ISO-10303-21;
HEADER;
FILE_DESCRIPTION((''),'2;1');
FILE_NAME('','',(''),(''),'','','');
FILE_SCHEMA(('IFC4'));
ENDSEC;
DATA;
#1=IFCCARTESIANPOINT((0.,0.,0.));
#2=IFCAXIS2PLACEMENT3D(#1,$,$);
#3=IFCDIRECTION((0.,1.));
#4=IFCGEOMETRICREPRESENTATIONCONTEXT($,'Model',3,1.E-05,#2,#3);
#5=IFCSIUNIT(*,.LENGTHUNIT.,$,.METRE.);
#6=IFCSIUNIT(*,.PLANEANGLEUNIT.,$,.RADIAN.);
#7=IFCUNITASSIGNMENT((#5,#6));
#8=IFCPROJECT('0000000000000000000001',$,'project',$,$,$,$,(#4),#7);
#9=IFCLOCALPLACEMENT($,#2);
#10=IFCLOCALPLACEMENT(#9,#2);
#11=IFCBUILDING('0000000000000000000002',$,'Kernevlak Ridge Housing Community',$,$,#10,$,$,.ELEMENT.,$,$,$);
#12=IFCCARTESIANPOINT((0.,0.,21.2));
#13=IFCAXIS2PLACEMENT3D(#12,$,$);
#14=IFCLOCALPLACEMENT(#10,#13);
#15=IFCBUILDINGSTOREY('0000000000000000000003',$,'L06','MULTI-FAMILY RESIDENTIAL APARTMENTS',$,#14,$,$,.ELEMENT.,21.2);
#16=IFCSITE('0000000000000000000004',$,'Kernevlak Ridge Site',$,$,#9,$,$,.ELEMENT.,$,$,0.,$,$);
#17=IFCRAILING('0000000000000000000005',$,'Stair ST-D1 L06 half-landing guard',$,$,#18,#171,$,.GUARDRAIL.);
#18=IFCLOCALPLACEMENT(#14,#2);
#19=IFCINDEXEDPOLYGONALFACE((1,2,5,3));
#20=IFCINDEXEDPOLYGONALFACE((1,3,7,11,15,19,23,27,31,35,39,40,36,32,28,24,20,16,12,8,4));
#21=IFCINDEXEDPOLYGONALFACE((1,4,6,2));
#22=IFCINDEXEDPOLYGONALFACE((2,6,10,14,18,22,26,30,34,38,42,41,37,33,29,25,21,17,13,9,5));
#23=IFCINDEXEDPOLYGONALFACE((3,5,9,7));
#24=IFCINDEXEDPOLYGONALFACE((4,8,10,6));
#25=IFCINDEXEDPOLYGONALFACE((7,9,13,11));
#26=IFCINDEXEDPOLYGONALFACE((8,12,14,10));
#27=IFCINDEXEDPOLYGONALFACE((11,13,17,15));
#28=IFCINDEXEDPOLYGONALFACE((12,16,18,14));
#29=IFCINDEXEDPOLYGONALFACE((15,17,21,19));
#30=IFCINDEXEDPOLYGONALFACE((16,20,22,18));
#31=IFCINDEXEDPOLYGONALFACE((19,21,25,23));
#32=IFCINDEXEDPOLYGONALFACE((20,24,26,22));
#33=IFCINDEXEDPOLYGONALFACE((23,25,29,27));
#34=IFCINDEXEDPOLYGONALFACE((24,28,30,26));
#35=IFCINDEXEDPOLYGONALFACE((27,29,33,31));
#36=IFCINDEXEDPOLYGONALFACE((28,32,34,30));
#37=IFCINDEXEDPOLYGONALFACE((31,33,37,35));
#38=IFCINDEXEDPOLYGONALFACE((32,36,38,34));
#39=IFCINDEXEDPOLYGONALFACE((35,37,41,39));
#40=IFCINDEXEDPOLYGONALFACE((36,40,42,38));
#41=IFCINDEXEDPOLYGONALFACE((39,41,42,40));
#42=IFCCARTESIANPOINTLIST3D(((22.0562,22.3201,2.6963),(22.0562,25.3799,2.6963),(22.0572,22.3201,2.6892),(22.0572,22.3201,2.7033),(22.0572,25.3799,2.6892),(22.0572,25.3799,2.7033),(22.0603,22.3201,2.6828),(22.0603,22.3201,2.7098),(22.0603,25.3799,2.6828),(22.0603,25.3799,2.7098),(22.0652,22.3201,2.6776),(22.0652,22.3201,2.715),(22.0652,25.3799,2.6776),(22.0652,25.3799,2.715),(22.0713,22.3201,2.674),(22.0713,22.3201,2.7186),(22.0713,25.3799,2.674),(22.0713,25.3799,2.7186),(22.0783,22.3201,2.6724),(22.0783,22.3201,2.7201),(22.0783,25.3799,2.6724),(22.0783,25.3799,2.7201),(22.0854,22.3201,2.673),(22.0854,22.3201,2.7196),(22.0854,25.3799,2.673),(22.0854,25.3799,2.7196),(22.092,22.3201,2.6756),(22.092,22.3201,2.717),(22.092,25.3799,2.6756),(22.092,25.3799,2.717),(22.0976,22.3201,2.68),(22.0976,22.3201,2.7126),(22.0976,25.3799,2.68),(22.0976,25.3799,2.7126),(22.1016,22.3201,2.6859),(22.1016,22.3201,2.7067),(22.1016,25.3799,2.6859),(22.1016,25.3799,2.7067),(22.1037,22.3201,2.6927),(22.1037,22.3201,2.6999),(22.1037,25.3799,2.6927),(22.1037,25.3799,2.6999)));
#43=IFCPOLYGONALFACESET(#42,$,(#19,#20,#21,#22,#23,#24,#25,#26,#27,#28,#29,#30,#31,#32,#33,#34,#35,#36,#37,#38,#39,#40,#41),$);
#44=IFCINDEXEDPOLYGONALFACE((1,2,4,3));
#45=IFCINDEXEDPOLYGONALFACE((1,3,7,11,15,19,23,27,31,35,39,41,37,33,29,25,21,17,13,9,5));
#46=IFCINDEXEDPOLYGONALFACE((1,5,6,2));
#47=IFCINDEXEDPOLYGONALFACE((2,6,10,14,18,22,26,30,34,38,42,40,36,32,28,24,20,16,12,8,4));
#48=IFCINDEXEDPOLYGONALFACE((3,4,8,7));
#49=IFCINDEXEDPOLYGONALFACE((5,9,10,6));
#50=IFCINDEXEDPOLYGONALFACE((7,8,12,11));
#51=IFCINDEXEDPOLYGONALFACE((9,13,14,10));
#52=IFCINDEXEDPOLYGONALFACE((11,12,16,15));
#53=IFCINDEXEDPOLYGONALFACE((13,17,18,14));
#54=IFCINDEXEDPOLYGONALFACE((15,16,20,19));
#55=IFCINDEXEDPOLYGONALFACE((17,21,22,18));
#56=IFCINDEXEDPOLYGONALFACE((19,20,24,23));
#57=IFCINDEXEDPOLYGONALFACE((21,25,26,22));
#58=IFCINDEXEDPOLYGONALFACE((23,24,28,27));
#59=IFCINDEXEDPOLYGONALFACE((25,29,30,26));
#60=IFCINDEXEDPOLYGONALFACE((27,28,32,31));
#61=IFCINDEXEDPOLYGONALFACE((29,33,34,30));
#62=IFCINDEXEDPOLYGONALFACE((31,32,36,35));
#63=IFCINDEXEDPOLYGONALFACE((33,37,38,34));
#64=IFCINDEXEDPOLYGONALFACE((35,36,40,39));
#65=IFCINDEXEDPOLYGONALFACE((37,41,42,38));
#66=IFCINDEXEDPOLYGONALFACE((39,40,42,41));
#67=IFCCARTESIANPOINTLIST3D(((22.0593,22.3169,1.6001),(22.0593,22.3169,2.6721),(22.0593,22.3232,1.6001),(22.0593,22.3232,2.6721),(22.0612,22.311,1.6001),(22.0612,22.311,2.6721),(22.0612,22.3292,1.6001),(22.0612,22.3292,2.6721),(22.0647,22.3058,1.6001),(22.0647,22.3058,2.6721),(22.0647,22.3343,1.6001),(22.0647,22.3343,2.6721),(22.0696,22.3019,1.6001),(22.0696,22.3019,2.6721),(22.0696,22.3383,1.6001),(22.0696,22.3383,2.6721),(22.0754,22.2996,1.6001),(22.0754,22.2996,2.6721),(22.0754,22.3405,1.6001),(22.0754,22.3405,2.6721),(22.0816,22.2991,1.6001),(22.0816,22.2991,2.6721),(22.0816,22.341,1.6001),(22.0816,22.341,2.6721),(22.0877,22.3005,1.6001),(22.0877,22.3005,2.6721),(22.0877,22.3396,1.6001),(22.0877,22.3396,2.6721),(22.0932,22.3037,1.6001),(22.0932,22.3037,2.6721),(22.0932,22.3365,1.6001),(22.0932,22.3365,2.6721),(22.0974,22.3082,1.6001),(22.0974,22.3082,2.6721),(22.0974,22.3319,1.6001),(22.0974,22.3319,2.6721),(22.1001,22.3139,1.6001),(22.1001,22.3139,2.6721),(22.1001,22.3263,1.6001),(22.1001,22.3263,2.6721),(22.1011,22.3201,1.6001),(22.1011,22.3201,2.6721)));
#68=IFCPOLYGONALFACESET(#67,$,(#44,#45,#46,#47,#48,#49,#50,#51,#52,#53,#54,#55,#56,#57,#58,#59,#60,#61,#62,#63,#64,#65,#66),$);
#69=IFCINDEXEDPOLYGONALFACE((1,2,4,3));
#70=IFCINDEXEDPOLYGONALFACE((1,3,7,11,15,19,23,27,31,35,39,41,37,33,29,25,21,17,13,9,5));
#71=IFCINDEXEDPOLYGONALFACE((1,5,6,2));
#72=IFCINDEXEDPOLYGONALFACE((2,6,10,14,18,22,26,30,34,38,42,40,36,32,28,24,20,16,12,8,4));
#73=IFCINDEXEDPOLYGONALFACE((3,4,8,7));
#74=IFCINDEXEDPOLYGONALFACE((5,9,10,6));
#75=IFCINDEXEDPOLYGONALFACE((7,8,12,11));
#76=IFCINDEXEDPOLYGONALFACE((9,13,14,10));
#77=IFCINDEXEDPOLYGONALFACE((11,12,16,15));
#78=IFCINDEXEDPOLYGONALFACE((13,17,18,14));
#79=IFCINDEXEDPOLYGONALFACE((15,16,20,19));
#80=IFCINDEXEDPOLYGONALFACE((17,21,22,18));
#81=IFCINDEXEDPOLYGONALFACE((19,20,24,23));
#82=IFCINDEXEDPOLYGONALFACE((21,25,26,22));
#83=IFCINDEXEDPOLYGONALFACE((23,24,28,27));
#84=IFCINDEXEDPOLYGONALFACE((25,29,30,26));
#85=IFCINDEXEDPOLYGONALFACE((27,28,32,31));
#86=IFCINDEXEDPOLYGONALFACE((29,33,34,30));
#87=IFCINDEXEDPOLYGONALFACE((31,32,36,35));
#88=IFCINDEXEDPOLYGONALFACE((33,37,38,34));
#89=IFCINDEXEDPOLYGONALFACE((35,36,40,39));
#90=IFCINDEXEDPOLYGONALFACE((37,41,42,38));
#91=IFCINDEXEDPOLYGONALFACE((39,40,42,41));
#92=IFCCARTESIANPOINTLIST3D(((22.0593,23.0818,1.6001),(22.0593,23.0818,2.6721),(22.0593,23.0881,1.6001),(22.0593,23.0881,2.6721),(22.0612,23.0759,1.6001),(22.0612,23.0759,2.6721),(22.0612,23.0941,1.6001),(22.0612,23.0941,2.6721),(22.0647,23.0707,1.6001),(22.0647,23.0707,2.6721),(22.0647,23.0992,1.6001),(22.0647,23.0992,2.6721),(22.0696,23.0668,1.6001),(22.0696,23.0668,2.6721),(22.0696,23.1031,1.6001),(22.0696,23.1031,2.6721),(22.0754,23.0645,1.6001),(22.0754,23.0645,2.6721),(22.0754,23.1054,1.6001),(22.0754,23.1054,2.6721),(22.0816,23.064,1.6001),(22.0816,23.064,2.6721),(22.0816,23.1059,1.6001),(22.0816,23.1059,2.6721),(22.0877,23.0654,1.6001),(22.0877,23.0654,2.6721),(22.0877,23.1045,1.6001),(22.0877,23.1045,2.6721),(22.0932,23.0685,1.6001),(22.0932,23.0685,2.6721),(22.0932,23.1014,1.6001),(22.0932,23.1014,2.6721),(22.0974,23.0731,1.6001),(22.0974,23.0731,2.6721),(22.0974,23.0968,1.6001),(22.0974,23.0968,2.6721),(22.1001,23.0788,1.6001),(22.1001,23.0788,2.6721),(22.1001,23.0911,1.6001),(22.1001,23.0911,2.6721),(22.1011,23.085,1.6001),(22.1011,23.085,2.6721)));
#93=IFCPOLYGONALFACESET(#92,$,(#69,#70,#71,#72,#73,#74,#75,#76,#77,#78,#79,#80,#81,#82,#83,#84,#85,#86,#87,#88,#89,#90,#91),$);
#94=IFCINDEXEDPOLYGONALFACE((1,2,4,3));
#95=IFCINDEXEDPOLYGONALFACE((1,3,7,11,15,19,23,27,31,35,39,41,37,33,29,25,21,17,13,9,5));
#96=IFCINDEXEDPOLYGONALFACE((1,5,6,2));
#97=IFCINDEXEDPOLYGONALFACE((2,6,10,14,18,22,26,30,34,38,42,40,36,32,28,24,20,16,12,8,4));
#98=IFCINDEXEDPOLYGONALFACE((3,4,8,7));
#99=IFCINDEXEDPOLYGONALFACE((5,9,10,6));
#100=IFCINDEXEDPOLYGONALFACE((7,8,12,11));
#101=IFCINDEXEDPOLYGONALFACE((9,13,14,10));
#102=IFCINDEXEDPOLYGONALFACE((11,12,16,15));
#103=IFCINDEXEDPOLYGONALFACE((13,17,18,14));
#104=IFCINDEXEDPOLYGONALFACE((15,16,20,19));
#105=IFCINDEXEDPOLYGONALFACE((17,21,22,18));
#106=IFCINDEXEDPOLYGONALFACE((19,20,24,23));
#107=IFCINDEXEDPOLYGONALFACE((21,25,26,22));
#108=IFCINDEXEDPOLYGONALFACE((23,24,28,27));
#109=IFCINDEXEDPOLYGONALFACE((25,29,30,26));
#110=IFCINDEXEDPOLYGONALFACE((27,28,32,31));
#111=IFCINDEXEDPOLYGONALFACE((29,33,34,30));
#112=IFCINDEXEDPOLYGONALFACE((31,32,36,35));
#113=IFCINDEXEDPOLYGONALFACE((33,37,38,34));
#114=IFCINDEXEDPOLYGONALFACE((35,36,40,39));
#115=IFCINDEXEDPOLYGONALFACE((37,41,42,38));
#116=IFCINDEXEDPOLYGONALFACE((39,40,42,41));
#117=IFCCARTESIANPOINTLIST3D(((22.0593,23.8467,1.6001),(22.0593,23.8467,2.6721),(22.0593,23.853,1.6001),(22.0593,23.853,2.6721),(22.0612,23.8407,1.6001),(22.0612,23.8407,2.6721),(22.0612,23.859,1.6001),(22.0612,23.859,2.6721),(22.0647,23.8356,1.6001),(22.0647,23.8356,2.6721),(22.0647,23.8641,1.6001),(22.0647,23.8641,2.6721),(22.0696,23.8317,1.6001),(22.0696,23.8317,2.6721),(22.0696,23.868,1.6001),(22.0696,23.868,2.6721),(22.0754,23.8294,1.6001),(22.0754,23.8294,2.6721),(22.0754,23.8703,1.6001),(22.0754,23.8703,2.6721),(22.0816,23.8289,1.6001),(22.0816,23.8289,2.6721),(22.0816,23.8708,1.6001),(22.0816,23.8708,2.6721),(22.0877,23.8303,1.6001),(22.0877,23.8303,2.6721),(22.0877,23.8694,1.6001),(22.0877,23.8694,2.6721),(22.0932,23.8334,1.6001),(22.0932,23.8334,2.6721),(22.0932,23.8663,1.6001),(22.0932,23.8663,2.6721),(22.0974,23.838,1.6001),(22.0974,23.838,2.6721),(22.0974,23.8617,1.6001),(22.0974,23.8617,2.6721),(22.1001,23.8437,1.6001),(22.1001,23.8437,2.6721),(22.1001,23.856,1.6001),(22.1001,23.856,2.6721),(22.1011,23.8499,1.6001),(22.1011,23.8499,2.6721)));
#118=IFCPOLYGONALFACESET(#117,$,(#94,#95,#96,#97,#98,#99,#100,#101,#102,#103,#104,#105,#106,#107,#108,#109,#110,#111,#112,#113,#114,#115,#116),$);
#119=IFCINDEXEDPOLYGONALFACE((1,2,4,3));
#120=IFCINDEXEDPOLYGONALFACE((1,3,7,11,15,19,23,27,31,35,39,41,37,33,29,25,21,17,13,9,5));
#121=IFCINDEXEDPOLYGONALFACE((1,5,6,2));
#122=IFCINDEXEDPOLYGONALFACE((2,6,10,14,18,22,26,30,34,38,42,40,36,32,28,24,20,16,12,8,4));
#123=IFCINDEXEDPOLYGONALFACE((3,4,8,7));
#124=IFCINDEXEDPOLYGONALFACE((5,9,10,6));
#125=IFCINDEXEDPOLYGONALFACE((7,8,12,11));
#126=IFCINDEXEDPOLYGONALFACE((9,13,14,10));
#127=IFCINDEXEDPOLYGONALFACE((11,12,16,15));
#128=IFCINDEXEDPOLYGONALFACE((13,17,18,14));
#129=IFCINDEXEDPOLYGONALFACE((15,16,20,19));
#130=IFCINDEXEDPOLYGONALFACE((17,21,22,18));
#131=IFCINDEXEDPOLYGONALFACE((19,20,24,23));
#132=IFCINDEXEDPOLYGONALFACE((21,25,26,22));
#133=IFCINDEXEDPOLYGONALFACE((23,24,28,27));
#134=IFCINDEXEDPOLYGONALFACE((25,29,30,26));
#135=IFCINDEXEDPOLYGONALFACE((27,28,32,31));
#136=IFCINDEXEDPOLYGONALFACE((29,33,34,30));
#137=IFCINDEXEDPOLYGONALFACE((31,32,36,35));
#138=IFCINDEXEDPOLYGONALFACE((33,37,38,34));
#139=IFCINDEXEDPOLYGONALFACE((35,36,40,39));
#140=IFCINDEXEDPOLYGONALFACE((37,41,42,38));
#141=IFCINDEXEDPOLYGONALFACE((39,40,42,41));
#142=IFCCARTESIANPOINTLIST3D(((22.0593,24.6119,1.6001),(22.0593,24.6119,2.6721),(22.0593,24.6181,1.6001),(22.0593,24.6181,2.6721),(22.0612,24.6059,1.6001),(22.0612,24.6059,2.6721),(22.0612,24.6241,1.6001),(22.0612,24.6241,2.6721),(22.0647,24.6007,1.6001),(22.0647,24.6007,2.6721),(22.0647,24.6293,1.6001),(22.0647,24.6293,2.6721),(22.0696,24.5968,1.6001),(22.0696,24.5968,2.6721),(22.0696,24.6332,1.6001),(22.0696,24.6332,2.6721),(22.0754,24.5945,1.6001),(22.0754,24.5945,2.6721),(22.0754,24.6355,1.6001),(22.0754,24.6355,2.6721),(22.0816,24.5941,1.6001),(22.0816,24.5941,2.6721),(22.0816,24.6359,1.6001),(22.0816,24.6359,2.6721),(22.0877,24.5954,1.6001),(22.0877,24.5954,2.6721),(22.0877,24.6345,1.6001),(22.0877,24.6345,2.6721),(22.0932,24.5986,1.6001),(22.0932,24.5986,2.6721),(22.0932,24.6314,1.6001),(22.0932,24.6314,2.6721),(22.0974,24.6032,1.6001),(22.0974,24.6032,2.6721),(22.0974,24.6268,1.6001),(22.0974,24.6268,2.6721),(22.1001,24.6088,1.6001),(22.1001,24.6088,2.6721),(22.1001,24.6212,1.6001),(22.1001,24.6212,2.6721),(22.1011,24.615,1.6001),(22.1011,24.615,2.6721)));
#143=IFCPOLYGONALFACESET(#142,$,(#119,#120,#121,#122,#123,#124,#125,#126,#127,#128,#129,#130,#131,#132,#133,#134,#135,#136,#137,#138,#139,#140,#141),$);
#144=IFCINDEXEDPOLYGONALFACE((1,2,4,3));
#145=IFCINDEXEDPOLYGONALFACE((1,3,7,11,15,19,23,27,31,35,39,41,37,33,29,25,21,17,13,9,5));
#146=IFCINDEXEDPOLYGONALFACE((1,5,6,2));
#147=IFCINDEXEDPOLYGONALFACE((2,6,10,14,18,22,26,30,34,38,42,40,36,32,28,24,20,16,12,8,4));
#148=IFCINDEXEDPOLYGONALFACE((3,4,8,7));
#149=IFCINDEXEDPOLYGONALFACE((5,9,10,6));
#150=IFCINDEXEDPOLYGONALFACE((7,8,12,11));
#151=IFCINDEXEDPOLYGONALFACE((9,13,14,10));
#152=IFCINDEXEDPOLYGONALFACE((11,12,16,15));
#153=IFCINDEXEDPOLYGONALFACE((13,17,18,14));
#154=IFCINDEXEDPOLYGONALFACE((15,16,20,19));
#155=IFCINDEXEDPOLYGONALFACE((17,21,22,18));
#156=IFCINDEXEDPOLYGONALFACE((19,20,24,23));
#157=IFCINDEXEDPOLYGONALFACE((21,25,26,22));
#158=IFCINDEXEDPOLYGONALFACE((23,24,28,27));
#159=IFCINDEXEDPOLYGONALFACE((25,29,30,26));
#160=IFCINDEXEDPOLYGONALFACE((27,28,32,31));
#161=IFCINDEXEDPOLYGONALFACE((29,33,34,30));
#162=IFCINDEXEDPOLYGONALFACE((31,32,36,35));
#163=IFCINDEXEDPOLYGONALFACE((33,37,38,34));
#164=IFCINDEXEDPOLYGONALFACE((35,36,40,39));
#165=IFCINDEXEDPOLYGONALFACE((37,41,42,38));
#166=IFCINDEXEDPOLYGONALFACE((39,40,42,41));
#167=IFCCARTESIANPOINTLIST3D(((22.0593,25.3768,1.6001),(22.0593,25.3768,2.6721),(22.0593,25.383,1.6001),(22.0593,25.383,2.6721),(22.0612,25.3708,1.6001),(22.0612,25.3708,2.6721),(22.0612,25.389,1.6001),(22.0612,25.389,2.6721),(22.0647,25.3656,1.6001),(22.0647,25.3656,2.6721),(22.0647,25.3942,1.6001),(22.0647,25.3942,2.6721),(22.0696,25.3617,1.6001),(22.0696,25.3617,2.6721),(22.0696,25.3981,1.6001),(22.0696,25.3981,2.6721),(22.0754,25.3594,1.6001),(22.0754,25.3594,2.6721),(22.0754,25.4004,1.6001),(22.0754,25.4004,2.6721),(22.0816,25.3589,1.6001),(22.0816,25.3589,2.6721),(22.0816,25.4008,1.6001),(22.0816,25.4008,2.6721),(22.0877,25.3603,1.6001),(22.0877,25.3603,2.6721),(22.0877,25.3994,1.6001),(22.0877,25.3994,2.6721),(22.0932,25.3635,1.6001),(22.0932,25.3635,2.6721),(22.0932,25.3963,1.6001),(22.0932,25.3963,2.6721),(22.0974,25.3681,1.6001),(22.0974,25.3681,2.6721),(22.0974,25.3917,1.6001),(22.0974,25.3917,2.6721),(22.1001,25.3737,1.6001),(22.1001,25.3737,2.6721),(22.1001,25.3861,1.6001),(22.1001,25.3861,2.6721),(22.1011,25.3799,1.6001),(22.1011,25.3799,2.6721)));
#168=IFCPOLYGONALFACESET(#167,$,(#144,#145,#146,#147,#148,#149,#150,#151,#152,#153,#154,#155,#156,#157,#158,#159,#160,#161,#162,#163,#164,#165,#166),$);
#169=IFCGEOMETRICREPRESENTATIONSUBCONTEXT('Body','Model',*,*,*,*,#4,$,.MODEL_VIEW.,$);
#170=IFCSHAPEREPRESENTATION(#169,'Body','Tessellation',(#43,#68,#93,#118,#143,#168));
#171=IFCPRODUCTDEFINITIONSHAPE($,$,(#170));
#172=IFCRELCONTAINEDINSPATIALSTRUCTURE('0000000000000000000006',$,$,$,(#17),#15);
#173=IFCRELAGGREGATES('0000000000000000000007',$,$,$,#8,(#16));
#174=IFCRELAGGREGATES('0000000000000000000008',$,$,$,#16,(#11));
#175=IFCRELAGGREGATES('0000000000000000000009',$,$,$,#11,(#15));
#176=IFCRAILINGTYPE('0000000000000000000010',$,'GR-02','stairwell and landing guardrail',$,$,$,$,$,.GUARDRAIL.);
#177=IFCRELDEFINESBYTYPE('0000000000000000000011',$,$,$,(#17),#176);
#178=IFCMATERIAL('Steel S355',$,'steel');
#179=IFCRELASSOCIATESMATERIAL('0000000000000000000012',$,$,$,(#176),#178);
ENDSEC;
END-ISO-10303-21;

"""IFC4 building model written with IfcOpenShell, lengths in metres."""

from ifc_helpers import new_model, si_unit, direction, frame, origin, origin_2d, place, context, subcontext, project, spatial, circle, extrude, material, type_object, element, save


model = new_model("IFC4")

# Units and contexts
model_context = context("Model", 3, precision=1e-05, world=origin(), true_north=direction((0.0, 1.0)))
body_context = subcontext(model_context, "Body", "Model", "MODEL_VIEW")
ifc_project = project(units=[si_unit("LENGTHUNIT", "METRE"), si_unit("PLANEANGLEUNIT", "RADIAN")], contexts=[model_context])

# Site, building, storey
site_placement = place(None, origin())
site = spatial("IfcSite", under=ifc_project, at=site_placement, Name="Kernevlak Ridge Site", CompositionType="ELEMENT", RefElevation=0.0)
building_placement = place(site_placement, origin())
building = spatial("IfcBuilding", under=site, at=building_placement, Name="Kernevlak Ridge Housing Community", CompositionType="ELEMENT")
storey_placement = place(building_placement, frame((0.0, 0.0, 21.2)))
storey = spatial("IfcBuildingStorey", under=building, at=storey_placement, Name="L06", Description="MULTI-FAMILY RESIDENTIAL APARTMENTS", CompositionType="ELEMENT", Elevation=21.2)

# Railing
ifc_material_1 = material(Name="Steel S355", Category="steel")
railing_type_1 = type_object("IfcRailingType", Name="GR-02", Description="stairwell and landing guardrail", PredefinedType="GUARDRAIL", material=ifc_material_1)
railing_1_placement = place(storey_placement, frame((22.0801, 22.3201, 1.6001)))
element("IfcRailing", 1, at=railing_1_placement, inside=storey, type_object=railing_type_1, Name="Stair ST-D1 L06 half-landing guard", PredefinedType="GUARDRAIL", context=body_context, shape_type="SweptSolid", body=[
    extrude(circle(Radius=0.0239, at=origin_2d()), frame((0.0, 0.0, 1.0962), z_axis=(0.0, 1.0, 0.0), x_axis=(-1.0, 0.0, 0.0)), (0.0, 0.0, 1.0), 3.0598),
    extrude(circle(Radius=0.021, at=origin_2d()), origin(), (0.0, 0.0, 1.0), 1.072),
    extrude(circle(Radius=0.021, at=origin_2d()), frame((0.0, 0.7649, 0.0)), (0.0, 0.0, 1.0), 1.072),
    extrude(circle(Radius=0.021, at=origin_2d()), frame((0.0, 1.5298, 0.0)), (0.0, 0.0, 1.0), 1.072),
    extrude(circle(Radius=0.021, at=origin_2d()), frame((0.0, 2.2949, 0.0)), (0.0, 0.0, 1.0), 1.072),
    extrude(circle(Radius=0.021, at=origin_2d()), frame((0.0, 3.0598, 0.0)), (0.0, 0.0, 1.0), 1.072),
])

save(model, "model.ifc")
